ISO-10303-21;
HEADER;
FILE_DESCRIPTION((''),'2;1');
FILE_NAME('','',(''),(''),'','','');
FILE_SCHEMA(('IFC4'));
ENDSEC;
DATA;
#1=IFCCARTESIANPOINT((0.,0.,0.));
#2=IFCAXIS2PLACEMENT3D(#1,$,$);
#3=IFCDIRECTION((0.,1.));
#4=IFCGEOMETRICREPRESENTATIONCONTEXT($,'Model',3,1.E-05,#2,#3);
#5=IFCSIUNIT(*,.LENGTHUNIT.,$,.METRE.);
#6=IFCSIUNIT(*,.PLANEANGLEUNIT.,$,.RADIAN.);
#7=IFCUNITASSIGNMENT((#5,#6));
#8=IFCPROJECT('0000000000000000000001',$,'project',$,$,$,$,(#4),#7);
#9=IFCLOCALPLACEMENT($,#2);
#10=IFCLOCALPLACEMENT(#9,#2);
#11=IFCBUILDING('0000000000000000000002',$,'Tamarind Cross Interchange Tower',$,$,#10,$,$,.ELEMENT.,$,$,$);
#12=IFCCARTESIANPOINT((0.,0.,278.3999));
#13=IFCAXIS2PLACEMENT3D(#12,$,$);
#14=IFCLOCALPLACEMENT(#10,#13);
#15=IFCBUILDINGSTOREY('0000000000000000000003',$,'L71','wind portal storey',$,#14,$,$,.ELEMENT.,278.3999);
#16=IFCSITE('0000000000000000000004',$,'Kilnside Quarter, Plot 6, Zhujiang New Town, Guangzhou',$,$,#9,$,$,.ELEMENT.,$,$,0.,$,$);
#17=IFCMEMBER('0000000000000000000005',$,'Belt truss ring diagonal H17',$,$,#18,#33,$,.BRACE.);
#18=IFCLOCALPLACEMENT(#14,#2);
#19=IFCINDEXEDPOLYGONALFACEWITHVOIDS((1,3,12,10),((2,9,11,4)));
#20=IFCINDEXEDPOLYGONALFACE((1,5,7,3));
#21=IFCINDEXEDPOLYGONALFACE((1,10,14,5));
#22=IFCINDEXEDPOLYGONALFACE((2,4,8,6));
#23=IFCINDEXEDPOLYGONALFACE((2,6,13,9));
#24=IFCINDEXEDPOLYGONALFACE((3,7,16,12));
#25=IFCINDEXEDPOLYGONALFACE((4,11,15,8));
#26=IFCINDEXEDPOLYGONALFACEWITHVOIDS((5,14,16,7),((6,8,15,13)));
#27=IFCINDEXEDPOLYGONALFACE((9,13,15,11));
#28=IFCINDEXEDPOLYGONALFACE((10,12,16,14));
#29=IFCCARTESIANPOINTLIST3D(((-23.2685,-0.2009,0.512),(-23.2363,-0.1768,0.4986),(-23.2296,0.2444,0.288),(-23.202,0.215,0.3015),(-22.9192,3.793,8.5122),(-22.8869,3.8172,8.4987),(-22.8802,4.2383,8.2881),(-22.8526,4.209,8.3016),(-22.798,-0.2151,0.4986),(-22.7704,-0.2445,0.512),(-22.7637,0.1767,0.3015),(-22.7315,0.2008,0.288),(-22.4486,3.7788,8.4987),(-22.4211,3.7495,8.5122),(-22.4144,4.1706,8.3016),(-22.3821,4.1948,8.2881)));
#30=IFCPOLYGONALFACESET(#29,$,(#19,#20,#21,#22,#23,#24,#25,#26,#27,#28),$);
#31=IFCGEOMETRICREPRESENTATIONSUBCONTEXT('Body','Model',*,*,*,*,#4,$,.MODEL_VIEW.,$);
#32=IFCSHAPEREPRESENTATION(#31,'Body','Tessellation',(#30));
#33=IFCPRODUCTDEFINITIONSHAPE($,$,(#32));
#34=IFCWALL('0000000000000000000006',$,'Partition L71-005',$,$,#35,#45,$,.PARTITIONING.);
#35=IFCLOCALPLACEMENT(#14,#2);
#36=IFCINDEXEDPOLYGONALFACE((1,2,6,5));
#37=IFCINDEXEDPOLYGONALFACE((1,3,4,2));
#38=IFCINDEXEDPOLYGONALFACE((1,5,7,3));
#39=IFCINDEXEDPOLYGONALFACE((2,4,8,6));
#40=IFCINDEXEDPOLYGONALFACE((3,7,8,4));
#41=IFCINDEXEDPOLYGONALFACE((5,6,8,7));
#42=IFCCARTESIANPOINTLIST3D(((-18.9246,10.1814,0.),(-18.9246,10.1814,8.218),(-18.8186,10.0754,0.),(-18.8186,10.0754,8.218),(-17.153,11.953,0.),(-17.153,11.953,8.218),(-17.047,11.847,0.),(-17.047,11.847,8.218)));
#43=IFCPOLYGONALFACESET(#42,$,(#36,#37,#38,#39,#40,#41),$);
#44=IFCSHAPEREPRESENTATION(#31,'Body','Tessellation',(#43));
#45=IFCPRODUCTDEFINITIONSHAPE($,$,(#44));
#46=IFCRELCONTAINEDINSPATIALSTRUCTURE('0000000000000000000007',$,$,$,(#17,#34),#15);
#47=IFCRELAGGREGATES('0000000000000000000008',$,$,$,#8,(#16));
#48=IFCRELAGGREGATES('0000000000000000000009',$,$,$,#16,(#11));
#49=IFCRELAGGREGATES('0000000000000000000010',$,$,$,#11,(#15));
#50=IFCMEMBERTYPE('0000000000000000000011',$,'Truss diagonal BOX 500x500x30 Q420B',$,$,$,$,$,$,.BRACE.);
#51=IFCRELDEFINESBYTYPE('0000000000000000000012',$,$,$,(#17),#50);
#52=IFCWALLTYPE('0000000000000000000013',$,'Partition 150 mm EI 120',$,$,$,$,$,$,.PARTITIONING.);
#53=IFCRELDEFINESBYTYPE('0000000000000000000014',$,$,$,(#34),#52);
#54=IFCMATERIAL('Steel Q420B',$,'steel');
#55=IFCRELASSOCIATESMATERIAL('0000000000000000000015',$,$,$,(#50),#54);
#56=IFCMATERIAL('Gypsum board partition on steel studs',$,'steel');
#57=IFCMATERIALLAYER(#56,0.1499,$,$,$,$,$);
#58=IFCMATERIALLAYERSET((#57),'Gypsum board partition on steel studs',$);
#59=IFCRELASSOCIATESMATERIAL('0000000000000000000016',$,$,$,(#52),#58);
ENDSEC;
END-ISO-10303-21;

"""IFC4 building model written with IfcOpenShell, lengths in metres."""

from ifc_helpers import new_model, si_unit, direction, frame, frame_2d, origin, origin_2d, place, context, subcontext, project, spatial, rectangle, hollow_rectangle, extrude, material, layer, layer_set, material_profile, profile_set, type_object, element, save


model = new_model("IFC4")

# Units and contexts
model_context = context("Model", 3, precision=1e-05, world=origin(), true_north=direction((0.0, 1.0)))
body_context = subcontext(model_context, "Body", "Model", "MODEL_VIEW")
ifc_project = project(units=[si_unit("LENGTHUNIT", "METRE"), si_unit("PLANEANGLEUNIT", "RADIAN")], contexts=[model_context])

# Site, building, storey
site_placement = place(None, origin())
site = spatial("IfcSite", under=ifc_project, at=site_placement, Name="Kilnside Quarter, Plot 6, Zhujiang New Town, Guangzhou", CompositionType="ELEMENT", RefElevation=0.0)
building_placement = place(site_placement, origin())
building = spatial("IfcBuilding", under=site, at=building_placement, Name="Tamarind Cross Interchange Tower", CompositionType="ELEMENT")
storey_placement = place(building_placement, frame((0.0, 0.0, 278.3999)))
storey = spatial("IfcBuildingStorey", under=building, at=storey_placement, Name="L71", Description="wind portal storey", CompositionType="ELEMENT", Elevation=278.3999)

# Member
ifc_material_1 = material(Name="Steel Q420B", Category="steel")
ifc_material_profile_1 = material_profile(ifc_material_1, hollow_rectangle(XDim=0.5, YDim=0.5, WallThickness=0.03, at=origin_2d()), Name="BOX 500x500x30")
ifc_profile_set_1 = profile_set([ifc_material_profile_1], Name="Steel Q420B")
member_type_1 = type_object("IfcMemberType", Name="Truss diagonal BOX 500x500x30 Q420B", PredefinedType="BRACE", material=ifc_profile_set_1)
for number, where, z_axis, x_axis, name in (
    (1, (-22.6506, 3.9939, 8.4001), (-0.039042, -0.446327, -0.894018), (0.996196, -0.087142, 0.0), "Belt truss ring diagonal H17"),
):
    element("IfcMember", number, at=place(storey_placement, frame(where, z_axis=z_axis, x_axis=x_axis)), inside=storey, type_object=member_type_1, Name=name, PredefinedType="BRACE", context=body_context, shape_type="SweptSolid", body=[
        extrude(hollow_rectangle(XDim=0.5, YDim=0.5, WallThickness=0.03, at=origin_2d()), origin(), (0.0, 0.0, 1.0), 8.9485),
    ])

# Wall
ifc_material_2 = material(Name="Gypsum board partition on steel studs", Category="steel")
ifc_layer = layer(ifc_material_2, 0.1499)
ifc_layer_set = layer_set([ifc_layer], Name="Gypsum board partition on steel studs")
wall_type = type_object("IfcWallType", Name="Partition 150 mm EI 120", PredefinedType="PARTITIONING", material=ifc_layer_set)
wall_placement = place(storey_placement, frame((-18.8716, 10.1284, 0.0), z_axis=(0.0, 0.0, 1.0), x_axis=(0.707107, 0.707107, 0.0)))
element("IfcWall", 2, at=wall_placement, inside=storey, type_object=wall_type, Name="Partition L71-005", PredefinedType="PARTITIONING", context=body_context, shape_type="SweptSolid", body=[
    extrude(rectangle(XDim=2.5054, YDim=0.1499, at=frame_2d((1.2527, 0.0))), origin(), (0.0, 0.0, 1.0), 8.218),
])

save(model, "model.ifc")
